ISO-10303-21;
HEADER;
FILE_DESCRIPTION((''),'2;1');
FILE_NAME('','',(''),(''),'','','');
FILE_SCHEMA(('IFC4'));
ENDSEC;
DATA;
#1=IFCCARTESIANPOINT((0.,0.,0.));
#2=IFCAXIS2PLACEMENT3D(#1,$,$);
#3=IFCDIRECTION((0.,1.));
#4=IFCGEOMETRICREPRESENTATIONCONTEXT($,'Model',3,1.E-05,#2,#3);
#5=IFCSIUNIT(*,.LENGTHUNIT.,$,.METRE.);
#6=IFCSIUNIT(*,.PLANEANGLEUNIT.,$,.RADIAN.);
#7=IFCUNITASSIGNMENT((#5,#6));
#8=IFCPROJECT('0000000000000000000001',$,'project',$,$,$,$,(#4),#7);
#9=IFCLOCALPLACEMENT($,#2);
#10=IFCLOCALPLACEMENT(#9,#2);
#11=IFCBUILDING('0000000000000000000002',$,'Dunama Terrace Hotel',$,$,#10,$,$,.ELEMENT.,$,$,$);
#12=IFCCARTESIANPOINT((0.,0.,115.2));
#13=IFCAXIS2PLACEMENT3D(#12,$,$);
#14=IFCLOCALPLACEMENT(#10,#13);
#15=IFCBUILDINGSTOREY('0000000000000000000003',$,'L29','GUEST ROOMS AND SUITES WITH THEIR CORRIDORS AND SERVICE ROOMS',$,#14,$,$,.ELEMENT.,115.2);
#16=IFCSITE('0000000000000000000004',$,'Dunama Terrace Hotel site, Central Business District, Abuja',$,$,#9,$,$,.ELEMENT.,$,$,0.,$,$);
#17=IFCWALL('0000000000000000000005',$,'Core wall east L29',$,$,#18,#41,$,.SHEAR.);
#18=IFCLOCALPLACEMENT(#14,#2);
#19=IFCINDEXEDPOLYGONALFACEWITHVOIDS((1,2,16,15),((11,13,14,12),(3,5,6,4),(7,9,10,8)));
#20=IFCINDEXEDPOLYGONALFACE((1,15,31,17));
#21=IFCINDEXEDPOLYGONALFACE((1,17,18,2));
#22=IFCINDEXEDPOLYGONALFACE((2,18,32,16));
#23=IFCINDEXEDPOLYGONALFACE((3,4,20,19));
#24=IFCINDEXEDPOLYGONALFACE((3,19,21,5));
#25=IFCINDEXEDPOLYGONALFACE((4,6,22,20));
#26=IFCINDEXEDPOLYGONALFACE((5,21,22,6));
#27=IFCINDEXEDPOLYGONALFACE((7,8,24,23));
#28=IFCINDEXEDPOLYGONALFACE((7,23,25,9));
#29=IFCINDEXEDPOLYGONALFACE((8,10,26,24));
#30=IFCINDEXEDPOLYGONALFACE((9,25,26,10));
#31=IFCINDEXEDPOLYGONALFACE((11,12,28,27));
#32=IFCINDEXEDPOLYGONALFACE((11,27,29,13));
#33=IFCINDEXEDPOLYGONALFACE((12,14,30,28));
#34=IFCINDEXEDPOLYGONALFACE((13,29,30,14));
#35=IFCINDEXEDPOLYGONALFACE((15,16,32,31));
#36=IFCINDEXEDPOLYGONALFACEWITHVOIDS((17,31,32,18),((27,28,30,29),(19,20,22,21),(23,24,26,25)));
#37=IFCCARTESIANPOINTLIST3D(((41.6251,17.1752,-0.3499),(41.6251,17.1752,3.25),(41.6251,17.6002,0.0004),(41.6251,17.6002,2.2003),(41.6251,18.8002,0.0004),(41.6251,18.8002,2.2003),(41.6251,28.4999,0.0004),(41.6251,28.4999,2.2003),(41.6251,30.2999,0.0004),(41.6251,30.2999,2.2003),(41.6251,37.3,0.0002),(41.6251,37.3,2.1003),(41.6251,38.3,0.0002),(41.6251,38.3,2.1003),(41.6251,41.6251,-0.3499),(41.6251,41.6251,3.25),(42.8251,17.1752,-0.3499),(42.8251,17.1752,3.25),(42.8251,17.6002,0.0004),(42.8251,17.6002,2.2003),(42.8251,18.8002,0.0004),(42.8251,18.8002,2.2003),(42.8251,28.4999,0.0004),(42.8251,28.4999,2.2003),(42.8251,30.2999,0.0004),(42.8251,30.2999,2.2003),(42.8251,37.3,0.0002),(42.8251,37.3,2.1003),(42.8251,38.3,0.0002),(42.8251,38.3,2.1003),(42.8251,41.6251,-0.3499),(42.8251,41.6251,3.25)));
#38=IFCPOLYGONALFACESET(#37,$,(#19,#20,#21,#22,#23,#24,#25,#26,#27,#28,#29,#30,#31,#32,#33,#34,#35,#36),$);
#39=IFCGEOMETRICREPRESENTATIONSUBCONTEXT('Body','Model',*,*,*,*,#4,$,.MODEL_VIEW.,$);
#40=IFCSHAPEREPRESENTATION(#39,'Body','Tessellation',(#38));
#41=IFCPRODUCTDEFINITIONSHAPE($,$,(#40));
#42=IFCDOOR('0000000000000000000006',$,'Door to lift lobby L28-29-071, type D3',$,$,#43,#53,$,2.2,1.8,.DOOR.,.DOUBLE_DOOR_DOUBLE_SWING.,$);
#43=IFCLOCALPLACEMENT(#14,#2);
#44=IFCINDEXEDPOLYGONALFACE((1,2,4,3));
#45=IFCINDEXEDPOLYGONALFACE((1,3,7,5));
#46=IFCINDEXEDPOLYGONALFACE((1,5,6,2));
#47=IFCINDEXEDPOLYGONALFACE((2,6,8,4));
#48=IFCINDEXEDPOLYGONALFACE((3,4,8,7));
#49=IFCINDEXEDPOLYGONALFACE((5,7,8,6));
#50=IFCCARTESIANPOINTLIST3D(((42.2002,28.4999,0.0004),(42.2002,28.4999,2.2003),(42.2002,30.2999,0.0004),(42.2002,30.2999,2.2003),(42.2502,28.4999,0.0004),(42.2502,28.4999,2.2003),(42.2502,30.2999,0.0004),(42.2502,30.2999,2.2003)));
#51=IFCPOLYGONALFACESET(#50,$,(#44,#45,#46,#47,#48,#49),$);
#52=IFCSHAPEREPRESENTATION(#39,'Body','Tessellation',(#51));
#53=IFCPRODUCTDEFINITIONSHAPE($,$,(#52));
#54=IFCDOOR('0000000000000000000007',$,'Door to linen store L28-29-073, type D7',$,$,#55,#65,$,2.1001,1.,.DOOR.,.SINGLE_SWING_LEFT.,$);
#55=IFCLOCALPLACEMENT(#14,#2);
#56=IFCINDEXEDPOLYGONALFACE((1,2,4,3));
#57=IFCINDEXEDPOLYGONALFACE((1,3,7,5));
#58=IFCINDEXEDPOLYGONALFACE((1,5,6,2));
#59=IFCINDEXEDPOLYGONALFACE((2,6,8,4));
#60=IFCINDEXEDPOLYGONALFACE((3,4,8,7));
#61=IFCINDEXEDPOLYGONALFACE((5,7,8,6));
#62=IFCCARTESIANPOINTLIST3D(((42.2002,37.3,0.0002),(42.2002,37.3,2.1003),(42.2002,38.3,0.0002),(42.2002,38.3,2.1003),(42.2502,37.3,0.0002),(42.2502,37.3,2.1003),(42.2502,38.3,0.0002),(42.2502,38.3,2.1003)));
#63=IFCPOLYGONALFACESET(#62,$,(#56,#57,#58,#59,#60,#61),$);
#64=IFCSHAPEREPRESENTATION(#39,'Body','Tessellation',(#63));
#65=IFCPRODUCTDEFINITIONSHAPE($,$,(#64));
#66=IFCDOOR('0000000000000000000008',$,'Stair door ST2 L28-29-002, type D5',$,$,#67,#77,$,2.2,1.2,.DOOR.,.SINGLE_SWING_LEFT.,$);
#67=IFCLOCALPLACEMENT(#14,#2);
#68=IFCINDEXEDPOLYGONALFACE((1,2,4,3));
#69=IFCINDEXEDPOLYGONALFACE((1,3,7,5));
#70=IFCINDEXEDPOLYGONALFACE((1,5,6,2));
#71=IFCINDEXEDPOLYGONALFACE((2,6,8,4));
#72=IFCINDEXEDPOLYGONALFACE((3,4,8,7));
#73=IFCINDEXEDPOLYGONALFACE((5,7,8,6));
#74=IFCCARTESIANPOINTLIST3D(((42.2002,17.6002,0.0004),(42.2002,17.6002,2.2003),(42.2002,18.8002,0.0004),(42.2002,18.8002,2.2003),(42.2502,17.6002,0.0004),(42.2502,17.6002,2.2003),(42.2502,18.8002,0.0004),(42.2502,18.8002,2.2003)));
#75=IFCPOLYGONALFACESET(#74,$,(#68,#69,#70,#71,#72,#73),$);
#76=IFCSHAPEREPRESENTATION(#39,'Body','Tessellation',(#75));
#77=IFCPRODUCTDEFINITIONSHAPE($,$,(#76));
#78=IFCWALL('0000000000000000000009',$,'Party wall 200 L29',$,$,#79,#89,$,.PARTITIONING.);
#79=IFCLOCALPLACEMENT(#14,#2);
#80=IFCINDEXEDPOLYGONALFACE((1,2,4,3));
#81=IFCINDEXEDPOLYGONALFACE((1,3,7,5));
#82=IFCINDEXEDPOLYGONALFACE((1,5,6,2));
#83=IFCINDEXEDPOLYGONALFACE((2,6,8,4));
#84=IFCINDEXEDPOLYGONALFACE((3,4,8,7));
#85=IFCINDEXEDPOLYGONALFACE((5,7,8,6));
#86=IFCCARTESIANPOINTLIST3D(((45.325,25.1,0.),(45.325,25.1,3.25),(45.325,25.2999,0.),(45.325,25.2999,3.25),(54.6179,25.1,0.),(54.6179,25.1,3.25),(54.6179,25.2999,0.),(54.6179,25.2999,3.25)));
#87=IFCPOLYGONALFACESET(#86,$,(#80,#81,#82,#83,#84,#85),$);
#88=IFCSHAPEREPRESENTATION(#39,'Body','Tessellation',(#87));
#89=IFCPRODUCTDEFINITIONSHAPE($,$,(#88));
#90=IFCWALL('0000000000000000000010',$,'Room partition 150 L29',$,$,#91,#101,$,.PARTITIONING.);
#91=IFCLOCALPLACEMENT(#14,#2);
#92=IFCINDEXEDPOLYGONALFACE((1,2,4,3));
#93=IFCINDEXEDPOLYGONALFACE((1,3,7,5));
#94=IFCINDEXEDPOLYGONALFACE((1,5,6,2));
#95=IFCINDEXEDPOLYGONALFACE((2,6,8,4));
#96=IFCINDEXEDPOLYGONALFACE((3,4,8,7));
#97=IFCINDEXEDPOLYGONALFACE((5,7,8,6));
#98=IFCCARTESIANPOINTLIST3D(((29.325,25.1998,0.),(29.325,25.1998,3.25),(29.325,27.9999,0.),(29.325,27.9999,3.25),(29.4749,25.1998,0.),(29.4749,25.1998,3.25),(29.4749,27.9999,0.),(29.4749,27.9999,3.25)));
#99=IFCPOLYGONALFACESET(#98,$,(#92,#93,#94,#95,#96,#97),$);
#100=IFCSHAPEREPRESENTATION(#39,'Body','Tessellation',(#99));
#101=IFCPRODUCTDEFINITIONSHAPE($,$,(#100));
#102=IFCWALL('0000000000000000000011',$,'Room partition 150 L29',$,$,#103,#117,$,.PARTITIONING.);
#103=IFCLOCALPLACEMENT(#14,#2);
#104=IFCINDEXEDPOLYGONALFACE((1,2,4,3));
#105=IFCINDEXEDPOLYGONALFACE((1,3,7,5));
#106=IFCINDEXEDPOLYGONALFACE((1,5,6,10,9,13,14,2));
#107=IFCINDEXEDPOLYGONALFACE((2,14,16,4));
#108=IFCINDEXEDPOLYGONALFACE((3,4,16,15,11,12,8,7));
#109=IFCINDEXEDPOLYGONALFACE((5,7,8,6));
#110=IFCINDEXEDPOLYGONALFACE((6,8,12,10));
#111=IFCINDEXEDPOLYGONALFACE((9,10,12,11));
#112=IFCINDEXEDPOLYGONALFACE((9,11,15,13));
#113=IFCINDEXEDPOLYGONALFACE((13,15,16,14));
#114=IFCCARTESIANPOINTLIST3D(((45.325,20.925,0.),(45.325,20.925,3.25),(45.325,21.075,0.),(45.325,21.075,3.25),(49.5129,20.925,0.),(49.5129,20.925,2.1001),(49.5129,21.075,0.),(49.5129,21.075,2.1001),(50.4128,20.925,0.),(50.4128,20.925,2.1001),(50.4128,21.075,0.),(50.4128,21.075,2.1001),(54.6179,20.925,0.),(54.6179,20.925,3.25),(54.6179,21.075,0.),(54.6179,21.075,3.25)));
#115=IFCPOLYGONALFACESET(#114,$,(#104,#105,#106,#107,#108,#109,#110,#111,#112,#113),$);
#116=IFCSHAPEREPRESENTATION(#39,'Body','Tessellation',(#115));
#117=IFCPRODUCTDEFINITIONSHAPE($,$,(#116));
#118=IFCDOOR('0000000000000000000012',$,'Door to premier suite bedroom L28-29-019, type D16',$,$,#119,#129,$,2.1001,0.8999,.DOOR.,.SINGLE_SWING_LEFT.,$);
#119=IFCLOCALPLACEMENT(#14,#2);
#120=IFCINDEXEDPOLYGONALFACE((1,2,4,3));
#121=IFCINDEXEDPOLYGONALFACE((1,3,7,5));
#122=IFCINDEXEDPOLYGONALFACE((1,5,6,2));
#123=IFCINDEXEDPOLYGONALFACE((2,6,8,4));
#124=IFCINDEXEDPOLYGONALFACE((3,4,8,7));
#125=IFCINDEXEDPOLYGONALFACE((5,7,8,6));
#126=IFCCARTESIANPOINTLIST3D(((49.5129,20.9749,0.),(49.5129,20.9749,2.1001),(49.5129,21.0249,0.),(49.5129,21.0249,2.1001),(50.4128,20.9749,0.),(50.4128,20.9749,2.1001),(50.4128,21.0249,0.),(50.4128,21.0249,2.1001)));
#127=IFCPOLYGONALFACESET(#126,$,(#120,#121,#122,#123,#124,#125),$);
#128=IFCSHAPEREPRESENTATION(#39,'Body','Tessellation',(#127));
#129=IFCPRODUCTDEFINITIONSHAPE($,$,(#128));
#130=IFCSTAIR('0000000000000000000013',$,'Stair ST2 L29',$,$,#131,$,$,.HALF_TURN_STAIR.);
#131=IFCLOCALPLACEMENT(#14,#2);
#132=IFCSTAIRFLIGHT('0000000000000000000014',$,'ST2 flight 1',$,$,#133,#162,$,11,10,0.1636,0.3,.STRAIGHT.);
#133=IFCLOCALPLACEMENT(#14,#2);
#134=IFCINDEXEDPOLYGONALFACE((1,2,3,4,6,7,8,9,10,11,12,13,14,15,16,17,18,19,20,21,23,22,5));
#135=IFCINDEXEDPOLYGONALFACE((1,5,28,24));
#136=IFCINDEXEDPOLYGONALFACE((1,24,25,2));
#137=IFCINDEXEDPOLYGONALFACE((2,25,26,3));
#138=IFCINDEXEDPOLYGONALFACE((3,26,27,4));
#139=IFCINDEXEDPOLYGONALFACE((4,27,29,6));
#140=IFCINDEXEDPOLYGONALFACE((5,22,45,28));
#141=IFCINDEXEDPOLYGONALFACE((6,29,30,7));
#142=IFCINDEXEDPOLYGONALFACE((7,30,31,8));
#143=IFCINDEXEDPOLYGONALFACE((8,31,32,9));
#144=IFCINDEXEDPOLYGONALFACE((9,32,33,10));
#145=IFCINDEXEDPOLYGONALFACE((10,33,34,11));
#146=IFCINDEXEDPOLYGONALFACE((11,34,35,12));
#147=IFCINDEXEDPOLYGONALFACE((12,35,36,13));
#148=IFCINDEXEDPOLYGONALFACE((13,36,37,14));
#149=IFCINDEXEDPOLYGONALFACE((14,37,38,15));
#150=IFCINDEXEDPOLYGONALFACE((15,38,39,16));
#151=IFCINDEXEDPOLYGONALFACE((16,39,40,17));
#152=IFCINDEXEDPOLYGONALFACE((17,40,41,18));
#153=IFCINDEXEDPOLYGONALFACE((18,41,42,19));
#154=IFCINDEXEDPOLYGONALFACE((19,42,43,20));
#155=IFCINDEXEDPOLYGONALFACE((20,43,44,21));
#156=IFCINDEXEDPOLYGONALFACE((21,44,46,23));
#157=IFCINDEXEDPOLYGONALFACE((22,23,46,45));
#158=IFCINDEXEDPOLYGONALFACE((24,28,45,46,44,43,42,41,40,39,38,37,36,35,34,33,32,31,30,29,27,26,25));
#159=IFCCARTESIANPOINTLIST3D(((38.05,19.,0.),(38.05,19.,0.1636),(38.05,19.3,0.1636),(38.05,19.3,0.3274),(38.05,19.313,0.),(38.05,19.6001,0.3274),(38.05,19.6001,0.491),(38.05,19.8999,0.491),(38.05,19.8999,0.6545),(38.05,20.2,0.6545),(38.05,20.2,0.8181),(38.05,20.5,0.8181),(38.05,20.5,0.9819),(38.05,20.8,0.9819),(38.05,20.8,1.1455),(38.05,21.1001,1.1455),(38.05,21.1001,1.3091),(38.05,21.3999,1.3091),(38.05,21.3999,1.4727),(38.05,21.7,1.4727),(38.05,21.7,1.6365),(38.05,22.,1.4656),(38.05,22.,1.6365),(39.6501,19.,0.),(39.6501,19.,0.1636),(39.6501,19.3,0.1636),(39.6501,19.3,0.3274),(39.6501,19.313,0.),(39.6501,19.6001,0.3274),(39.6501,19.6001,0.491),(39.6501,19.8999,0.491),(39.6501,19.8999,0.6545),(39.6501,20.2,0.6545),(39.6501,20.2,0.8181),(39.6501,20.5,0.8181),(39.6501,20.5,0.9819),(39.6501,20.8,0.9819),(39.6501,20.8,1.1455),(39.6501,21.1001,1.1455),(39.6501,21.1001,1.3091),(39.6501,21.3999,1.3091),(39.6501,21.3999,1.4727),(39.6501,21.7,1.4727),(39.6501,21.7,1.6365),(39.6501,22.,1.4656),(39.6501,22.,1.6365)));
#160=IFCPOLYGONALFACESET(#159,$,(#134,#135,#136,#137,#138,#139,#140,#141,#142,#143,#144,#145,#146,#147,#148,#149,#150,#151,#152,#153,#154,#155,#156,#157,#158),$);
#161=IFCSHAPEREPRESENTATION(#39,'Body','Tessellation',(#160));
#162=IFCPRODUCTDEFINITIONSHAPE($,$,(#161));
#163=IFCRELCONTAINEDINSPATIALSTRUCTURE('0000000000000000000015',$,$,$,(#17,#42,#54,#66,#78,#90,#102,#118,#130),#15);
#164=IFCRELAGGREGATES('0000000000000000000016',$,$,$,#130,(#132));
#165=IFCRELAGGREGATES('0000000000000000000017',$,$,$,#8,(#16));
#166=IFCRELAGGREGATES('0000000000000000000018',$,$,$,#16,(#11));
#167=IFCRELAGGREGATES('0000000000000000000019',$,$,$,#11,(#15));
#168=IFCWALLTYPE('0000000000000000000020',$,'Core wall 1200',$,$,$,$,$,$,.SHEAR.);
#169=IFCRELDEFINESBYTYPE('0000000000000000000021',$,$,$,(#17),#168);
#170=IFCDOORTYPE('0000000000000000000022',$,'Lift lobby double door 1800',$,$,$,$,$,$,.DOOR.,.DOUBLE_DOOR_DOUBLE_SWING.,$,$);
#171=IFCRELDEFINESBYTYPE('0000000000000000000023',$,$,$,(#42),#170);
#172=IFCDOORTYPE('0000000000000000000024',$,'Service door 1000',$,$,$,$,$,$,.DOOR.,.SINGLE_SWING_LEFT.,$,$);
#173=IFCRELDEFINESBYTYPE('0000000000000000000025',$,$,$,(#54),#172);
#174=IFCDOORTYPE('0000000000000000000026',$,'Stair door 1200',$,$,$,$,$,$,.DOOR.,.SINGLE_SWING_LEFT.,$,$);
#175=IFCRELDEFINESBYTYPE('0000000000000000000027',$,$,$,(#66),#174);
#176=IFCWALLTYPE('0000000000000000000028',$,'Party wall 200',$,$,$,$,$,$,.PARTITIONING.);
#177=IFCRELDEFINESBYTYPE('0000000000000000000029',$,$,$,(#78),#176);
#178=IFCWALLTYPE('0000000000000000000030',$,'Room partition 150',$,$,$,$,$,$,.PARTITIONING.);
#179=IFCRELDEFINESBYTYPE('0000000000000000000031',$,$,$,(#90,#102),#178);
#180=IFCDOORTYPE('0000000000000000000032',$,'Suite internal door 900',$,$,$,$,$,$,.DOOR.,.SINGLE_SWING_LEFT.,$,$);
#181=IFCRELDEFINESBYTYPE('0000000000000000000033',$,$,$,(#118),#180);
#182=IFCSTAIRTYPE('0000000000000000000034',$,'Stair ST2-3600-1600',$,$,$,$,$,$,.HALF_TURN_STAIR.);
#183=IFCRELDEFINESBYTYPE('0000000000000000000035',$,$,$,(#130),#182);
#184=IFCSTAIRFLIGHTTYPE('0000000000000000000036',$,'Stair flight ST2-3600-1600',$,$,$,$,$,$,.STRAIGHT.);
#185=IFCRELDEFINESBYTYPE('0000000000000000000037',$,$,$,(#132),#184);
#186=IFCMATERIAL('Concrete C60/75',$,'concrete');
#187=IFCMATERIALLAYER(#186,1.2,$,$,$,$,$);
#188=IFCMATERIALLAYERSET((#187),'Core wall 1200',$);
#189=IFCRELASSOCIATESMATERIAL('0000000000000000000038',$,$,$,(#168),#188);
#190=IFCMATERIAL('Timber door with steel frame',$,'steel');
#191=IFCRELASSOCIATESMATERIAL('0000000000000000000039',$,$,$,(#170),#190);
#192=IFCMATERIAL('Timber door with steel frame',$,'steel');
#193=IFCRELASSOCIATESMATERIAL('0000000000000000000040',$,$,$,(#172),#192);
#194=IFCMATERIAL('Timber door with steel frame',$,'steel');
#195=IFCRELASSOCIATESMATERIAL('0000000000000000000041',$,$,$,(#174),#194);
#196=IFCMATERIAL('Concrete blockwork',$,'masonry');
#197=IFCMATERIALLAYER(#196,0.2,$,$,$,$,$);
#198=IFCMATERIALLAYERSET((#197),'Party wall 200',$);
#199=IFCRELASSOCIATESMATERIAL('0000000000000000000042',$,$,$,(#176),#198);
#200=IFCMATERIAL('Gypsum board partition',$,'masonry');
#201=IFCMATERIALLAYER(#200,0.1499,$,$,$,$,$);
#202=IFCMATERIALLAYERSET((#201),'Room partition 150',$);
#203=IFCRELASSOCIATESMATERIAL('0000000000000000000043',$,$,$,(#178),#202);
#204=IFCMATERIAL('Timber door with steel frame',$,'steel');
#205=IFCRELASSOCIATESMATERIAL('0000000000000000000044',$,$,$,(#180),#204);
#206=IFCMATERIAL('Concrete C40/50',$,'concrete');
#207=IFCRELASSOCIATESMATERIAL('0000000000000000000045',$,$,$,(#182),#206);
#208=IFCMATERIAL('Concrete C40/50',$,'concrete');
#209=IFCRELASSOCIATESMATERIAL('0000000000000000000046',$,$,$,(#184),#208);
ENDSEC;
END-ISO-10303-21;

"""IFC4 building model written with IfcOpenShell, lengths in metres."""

from ifc_helpers import new_model, si_unit, direction, frame, frame_2d, origin, place, context, subcontext, project, spatial, polyline, rectangle, outline, extrude, material, layer, layer_set, type_object, element, fill, aggregate, save


model = new_model("IFC4")

# Units and contexts
model_context = context("Model", 3, precision=1e-05, world=origin(), true_north=direction((0.0, 1.0)))
body_context = subcontext(model_context, "Body", "Model", "MODEL_VIEW")
ifc_project = project(units=[si_unit("LENGTHUNIT", "METRE"), si_unit("PLANEANGLEUNIT", "RADIAN")], contexts=[model_context])

# Site, building, storey
site_placement = place(None, origin())
site = spatial("IfcSite", under=ifc_project, at=site_placement, Name="Dunama Terrace Hotel site, Central Business District, Abuja", CompositionType="ELEMENT", RefElevation=0.0)
building_placement = place(site_placement, origin())
building = spatial("IfcBuilding", under=site, at=building_placement, Name="Dunama Terrace Hotel", CompositionType="ELEMENT")
storey_placement = place(building_placement, frame((0.0, 0.0, 115.2)))
storey = spatial("IfcBuildingStorey", under=building, at=storey_placement, Name="L29", Description="GUEST ROOMS AND SUITES WITH THEIR CORRIDORS AND SERVICE ROOMS", CompositionType="ELEMENT", Elevation=115.2)

# Wall, openings, doors
ifc_material_1 = material(Name="Concrete C60/75", Category="concrete")
ifc_layer_1 = layer(ifc_material_1, 1.2)
ifc_layer_set_1 = layer_set([ifc_layer_1], Name="Core wall 1200")
wall_type_1 = type_object("IfcWallType", Name="Core wall 1200", PredefinedType="SHEAR", material=ifc_layer_set_1)
wall_1_placement = place(storey_placement, frame((42.2251, 17.175, -0.3499), z_axis=(0.0, 0.0, 1.0), x_axis=(0.0, 1.0, 0.0)))
wall_1 = element("IfcWall", 1, at=wall_1_placement, inside=storey, type_object=wall_type_1, Name="Core wall east L29", PredefinedType="SHEAR", context=body_context, shape_type="SweptSolid", body=[
    extrude(rectangle(XDim=24.45, YDim=1.2, at=frame_2d((12.2251, 0.0))), origin(), (0.0, 0.0, 1.0), 3.5999),
])
opening_1_placement = place(wall_1_placement, frame((0.425, 0.0, 0.3501)))
opening_1 = element("IfcOpeningElement", 2, at=opening_1_placement, cuts=wall_1, PredefinedType="OPENING", context=body_context, shape_type="SweptSolid", body=[
    extrude(rectangle(XDim=1.2, YDim=2.2, at=frame_2d((0.6001, 1.1001))), frame((0.0, 0.6099, 0.0), z_axis=(0.0, -1.0, 0.0), x_axis=(1.0, 0.0, 0.0)), (0.0, 0.0, 1.0), 1.22),
])
opening_2_placement = place(wall_1_placement, frame((11.325, 0.0, 0.3501)))
opening_2 = element("IfcOpeningElement", 3, at=opening_2_placement, cuts=wall_1, PredefinedType="OPENING", context=body_context, shape_type="SweptSolid", body=[
    extrude(rectangle(XDim=1.8, YDim=2.2, at=frame_2d((0.8999, 1.1001))), frame((0.0, 0.6099, 0.0), z_axis=(0.0, -1.0, 0.0), x_axis=(1.0, 0.0, 0.0)), (0.0, 0.0, 1.0), 1.22),
])
opening_3_placement = place(wall_1_placement, frame((20.125, 0.0, 0.3501)))
opening_3 = element("IfcOpeningElement", 4, at=opening_3_placement, cuts=wall_1, PredefinedType="OPENING", context=body_context, shape_type="SweptSolid", body=[
    extrude(rectangle(XDim=1.0, YDim=2.1001, at=frame_2d((0.5, 1.05))), frame((0.0, 0.6099, 0.0), z_axis=(0.0, -1.0, 0.0), x_axis=(1.0, 0.0, 0.0)), (0.0, 0.0, 1.0), 1.22),
])
ifc_material_2 = material(Name="Timber door with steel frame", Category="steel")
door_type_1 = type_object("IfcDoorType", Name="Lift lobby double door 1800", OperationType="DOUBLE_DOOR_DOUBLE_SWING", PredefinedType="DOOR", material=ifc_material_2)
door_1_placement = place(opening_2_placement, origin())
door_1 = element("IfcDoor", 5, at=door_1_placement, inside=storey, type_object=door_type_1, Name="Door to lift lobby L28-29-071, type D3", OperationType="DOUBLE_DOOR_DOUBLE_SWING", OverallHeight=2.2, OverallWidth=1.8, PredefinedType="DOOR", context=body_context, shape_type="SweptSolid", body=[
    extrude(rectangle(XDim=1.8, YDim=2.2, at=frame_2d((0.8999, 1.1001))), frame((0.0, 0.0249, 0.0), z_axis=(0.0, -1.0, 0.0), x_axis=(1.0, 0.0, 0.0)), (0.0, 0.0, 1.0), 0.05),
])
fill(opening_2, door_1)
ifc_material_3 = material(Name="Timber door with steel frame", Category="steel")
door_type_2 = type_object("IfcDoorType", Name="Service door 1000", OperationType="SINGLE_SWING_LEFT", PredefinedType="DOOR", material=ifc_material_3)
door_2_placement = place(opening_3_placement, origin())
door_2 = element("IfcDoor", 6, at=door_2_placement, inside=storey, type_object=door_type_2, Name="Door to linen store L28-29-073, type D7", OperationType="SINGLE_SWING_LEFT", OverallHeight=2.1001, OverallWidth=1.0, PredefinedType="DOOR", context=body_context, shape_type="SweptSolid", body=[
    extrude(rectangle(XDim=1.0, YDim=2.1001, at=frame_2d((0.5, 1.05))), frame((0.0, 0.0249, 0.0), z_axis=(0.0, -1.0, 0.0), x_axis=(1.0, 0.0, 0.0)), (0.0, 0.0, 1.0), 0.05),
])
fill(opening_3, door_2)
ifc_material_4 = material(Name="Timber door with steel frame", Category="steel")
door_type_3 = type_object("IfcDoorType", Name="Stair door 1200", OperationType="SINGLE_SWING_LEFT", PredefinedType="DOOR", material=ifc_material_4)
door_3_placement = place(opening_1_placement, origin())
door_3 = element("IfcDoor", 7, at=door_3_placement, inside=storey, type_object=door_type_3, Name="Stair door ST2 L28-29-002, type D5", OperationType="SINGLE_SWING_LEFT", OverallHeight=2.2, OverallWidth=1.2, PredefinedType="DOOR", context=body_context, shape_type="SweptSolid", body=[
    extrude(rectangle(XDim=1.2, YDim=2.2, at=frame_2d((0.6001, 1.1001))), frame((0.0, 0.0249, 0.0), z_axis=(0.0, -1.0, 0.0), x_axis=(1.0, 0.0, 0.0)), (0.0, 0.0, 1.0), 0.05),
])
fill(opening_1, door_3)

# Walls
ifc_material_5 = material(Name="Concrete blockwork", Category="masonry")
ifc_layer_2 = layer(ifc_material_5, 0.2)
ifc_layer_set_2 = layer_set([ifc_layer_2], Name="Party wall 200")
wall_type_2 = type_object("IfcWallType", Name="Party wall 200", PredefinedType="PARTITIONING", material=ifc_layer_set_2)
wall_2_placement = place(storey_placement, frame((45.325, 25.2, 0.0), z_axis=(0.0, 0.0, 1.0), x_axis=(1.0, 0.0, 0.0)))
element("IfcWall", 8, at=wall_2_placement, inside=storey, type_object=wall_type_2, Name="Party wall 200 L29", PredefinedType="PARTITIONING", context=body_context, shape_type="SweptSolid", body=[
    extrude(rectangle(XDim=9.293, YDim=0.2, at=frame_2d((4.6465, 0.0))), origin(), (0.0, 0.0, 1.0), 3.25),
])
ifc_material_6 = material(Name="Gypsum board partition", Category="masonry")
ifc_layer_3 = layer(ifc_material_6, 0.1499)
ifc_layer_set_3 = layer_set([ifc_layer_3], Name="Room partition 150")
wall_type_3 = type_object("IfcWallType", Name="Room partition 150", PredefinedType="PARTITIONING", material=ifc_layer_set_3)
wall_3_placement = place(storey_placement, frame((29.3999, 25.2, 0.0), z_axis=(0.0, 0.0, 1.0), x_axis=(0.0, 1.0, 0.0)))
element("IfcWall", 9, at=wall_3_placement, inside=storey, type_object=wall_type_3, Name="Room partition 150 L29", PredefinedType="PARTITIONING", context=body_context, shape_type="SweptSolid", body=[
    extrude(rectangle(XDim=2.8, YDim=0.1499, at=frame_2d((1.3999, 0.0))), origin(), (0.0, 0.0, 1.0), 3.25),
])

# Wall, opening, door
wall_4_placement = place(storey_placement, frame((45.325, 21.0, 0.0), z_axis=(0.0, 0.0, 1.0), x_axis=(1.0, 0.0, 0.0)))
wall_4 = element("IfcWall", 10, at=wall_4_placement, inside=storey, type_object=wall_type_3, Name="Room partition 150 L29", PredefinedType="PARTITIONING", context=body_context, shape_type="SweptSolid", body=[
    extrude(rectangle(XDim=9.293, YDim=0.1499, at=frame_2d((4.6465, 0.0))), origin(), (0.0, 0.0, 1.0), 3.25),
])
opening_4_placement = place(wall_4_placement, frame((4.188, 0.0, 0.0)))
opening_4 = element("IfcOpeningElement", 11, at=opening_4_placement, cuts=wall_4, PredefinedType="OPENING", context=body_context, shape_type="SweptSolid", body=[
    extrude(rectangle(XDim=0.8999, YDim=2.1001, at=frame_2d((0.45, 1.05))), frame((0.0, 0.085, 0.0), z_axis=(0.0, -1.0, 0.0), x_axis=(1.0, 0.0, 0.0)), (0.0, 0.0, 1.0), 0.1699),
])
ifc_material_7 = material(Name="Timber door with steel frame", Category="steel")
door_type_4 = type_object("IfcDoorType", Name="Suite internal door 900", OperationType="SINGLE_SWING_LEFT", PredefinedType="DOOR", material=ifc_material_7)
door_4_placement = place(opening_4_placement, origin())
door_4 = element("IfcDoor", 12, at=door_4_placement, inside=storey, type_object=door_type_4, Name="Door to premier suite bedroom L28-29-019, type D16", OperationType="SINGLE_SWING_LEFT", OverallHeight=2.1001, OverallWidth=0.8999, PredefinedType="DOOR", context=body_context, shape_type="SweptSolid", body=[
    extrude(rectangle(XDim=0.8999, YDim=2.1001, at=frame_2d((0.45, 1.05))), frame((0.0, 0.0249, 0.0), z_axis=(0.0, -1.0, 0.0), x_axis=(1.0, 0.0, 0.0)), (0.0, 0.0, 1.0), 0.05),
])
fill(opening_4, door_4)

# Stair, stair flight
ifc_material_8 = material(Name="Concrete C40/50", Category="concrete")
stair_type = type_object("IfcStairType", Name="Stair ST2-3600-1600", PredefinedType="HALF_TURN_STAIR", material=ifc_material_8)
stair_placement = place(storey_placement, origin())
stair = element("IfcStair", 13, at=stair_placement, inside=storey, type_object=stair_type, Name="Stair ST2 L29", PredefinedType="HALF_TURN_STAIR")
ifc_material_9 = material(Name="Concrete C40/50", Category="concrete")
stair_flight_type = type_object("IfcStairFlightType", Name="Stair flight ST2-3600-1600", PredefinedType="STRAIGHT", material=ifc_material_9)
stair_flight_1_placement = place(storey_placement, frame((38.8501, 19.0, 0.0), z_axis=(0.0, 0.0, 1.0), x_axis=(0.0, 1.0, 0.0)))
stair_flight_1 = element("IfcStairFlight", 14, at=stair_flight_1_placement, type_object=stair_flight_type, Name="ST2 flight 1", NumberOfRisers=11, NumberOfTreads=10, PredefinedType="STRAIGHT", RiserHeight=0.1636, TreadLength=0.3, context=body_context, shape_type="SweptSolid", body=[
    extrude(outline(polyline([(0.0, 0.0), (0.0, 0.1636), (0.3, 0.1636), (0.3, 0.3274), (0.6001, 0.3274), (0.6001, 0.491), (0.8999, 0.491), (0.8999, 0.6545), (1.2, 0.6545), (1.2, 0.8181), (1.5, 0.8181), (1.5, 0.9819), (1.8, 0.9819), (1.8, 1.1455), (2.1001, 1.1455), (2.1001, 1.3091), (2.3999, 1.3091), (2.3999, 1.4727), (2.7, 1.4727), (2.7, 1.6365), (3.0, 1.6365), (3.0, 1.8), (3.0, 1.4656), (0.313, 0.0), (0.0, 0.0)])), frame((0.0, 0.8, 0.0), z_axis=(0.0, -1.0, 0.0), x_axis=(1.0, 0.0, 0.0)), (0.0, 0.0, 1.0), 1.6001),
])
aggregate(stair, [stair_flight_1])

save(model, "model.ifc")
